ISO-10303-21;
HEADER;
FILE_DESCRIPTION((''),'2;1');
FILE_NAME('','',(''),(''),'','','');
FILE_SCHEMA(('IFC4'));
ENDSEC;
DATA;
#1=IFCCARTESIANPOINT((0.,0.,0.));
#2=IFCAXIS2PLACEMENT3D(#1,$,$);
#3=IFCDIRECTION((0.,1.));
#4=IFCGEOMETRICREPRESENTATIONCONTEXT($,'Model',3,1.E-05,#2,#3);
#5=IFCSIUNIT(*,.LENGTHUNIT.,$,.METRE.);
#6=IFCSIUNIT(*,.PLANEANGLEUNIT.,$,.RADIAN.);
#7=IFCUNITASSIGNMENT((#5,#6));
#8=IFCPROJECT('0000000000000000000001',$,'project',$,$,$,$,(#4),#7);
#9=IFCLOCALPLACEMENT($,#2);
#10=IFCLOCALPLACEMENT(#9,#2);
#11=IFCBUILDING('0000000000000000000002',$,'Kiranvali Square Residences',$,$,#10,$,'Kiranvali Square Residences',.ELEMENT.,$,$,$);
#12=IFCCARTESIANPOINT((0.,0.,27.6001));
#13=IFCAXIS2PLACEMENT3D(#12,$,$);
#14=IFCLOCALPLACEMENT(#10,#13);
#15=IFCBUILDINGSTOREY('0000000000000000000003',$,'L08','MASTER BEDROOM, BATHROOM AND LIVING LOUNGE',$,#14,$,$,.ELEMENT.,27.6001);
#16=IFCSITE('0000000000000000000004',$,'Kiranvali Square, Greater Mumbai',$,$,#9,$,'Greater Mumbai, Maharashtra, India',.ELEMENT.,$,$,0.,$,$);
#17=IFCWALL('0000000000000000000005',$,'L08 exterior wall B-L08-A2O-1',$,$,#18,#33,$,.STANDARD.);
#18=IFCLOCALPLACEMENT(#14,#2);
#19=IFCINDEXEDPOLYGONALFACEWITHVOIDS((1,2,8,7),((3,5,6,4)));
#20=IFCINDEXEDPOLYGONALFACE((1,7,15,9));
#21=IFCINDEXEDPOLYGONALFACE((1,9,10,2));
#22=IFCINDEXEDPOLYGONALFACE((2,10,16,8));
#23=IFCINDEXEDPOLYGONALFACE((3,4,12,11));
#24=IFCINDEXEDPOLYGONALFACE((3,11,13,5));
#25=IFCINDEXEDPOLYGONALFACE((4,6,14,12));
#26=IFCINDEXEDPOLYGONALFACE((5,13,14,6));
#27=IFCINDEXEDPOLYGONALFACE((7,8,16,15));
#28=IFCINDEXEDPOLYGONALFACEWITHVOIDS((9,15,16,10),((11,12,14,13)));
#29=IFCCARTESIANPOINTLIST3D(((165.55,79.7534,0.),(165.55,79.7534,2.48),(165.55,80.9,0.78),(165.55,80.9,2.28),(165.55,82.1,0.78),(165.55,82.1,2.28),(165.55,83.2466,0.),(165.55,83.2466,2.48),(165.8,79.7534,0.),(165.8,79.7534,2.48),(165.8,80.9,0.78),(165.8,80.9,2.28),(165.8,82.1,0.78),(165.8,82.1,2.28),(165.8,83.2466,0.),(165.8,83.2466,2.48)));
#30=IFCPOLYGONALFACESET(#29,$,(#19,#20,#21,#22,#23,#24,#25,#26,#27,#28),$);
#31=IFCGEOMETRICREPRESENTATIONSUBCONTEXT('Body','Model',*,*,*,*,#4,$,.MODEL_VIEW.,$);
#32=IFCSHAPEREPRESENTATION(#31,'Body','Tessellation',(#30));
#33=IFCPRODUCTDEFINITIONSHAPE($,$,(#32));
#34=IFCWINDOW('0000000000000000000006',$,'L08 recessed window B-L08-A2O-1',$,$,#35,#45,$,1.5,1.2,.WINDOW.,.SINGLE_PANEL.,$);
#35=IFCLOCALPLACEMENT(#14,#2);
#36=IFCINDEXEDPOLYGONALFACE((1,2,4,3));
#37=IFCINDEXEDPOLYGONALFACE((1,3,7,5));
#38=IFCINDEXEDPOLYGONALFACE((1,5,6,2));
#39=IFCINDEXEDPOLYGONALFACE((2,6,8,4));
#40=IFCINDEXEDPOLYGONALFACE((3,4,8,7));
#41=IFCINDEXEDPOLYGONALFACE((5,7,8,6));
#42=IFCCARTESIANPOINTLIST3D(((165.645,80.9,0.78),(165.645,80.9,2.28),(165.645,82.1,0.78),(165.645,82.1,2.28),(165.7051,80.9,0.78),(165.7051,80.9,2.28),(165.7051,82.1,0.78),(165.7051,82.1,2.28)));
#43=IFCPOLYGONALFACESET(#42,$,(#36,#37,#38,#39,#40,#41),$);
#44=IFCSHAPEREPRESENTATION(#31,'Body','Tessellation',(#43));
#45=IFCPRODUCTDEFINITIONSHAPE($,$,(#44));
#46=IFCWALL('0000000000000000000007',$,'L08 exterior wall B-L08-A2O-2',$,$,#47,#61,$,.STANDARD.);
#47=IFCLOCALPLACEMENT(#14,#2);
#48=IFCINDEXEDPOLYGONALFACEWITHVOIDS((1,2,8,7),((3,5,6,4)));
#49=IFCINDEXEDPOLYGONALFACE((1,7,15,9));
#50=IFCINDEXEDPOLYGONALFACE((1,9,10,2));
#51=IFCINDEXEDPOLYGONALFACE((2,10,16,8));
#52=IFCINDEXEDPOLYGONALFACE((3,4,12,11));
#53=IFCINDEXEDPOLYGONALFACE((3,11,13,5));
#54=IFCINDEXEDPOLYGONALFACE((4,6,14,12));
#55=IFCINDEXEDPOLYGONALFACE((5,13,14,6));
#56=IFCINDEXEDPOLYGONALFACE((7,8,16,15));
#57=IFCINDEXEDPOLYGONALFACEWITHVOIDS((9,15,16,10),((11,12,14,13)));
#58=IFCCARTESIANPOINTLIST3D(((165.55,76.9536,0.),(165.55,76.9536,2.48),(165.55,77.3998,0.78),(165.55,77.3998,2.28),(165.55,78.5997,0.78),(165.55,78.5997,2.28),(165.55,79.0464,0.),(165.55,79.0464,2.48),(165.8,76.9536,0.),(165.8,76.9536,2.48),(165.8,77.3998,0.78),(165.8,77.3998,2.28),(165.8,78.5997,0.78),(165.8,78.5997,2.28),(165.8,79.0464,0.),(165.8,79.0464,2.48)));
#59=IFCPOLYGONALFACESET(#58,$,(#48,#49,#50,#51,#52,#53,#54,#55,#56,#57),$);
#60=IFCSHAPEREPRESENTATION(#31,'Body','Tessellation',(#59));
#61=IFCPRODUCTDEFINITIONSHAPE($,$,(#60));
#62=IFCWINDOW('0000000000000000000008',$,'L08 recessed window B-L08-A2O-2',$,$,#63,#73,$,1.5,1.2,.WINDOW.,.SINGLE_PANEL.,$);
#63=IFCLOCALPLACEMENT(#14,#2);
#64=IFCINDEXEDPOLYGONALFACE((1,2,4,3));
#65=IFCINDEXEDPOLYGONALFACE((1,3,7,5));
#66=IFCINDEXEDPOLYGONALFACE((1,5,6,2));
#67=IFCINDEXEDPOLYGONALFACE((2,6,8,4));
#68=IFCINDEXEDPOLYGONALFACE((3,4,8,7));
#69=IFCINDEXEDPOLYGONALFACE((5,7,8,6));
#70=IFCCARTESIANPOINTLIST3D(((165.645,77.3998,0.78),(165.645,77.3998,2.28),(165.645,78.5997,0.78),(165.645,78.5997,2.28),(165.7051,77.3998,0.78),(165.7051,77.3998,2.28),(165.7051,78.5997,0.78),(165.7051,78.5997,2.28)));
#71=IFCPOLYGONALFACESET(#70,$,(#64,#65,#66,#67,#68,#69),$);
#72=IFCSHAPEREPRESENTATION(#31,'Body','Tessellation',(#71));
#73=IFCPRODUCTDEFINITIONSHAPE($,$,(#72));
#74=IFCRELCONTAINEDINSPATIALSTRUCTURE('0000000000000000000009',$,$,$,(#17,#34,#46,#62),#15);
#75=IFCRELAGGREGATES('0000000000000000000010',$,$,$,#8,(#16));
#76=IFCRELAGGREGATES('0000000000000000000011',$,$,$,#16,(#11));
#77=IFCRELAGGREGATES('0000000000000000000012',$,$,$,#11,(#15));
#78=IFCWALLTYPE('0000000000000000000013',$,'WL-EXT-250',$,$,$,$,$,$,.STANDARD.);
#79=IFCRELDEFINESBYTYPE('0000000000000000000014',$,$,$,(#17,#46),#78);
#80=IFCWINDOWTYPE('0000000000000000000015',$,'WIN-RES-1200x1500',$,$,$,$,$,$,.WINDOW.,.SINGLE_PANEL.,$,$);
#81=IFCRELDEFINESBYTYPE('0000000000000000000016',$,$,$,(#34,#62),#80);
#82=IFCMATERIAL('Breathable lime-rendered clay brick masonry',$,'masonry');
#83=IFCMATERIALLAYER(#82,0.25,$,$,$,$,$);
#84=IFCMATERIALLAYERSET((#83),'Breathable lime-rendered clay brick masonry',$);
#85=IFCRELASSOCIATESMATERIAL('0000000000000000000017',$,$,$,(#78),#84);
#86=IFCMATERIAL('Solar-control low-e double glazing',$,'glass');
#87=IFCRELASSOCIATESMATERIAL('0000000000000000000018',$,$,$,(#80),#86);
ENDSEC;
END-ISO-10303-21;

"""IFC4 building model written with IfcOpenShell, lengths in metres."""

from ifc_helpers import new_model, si_unit, direction, frame, frame_2d, origin, place, context, subcontext, project, spatial, rectangle, extrude, material, layer, layer_set, type_object, element, fill, save


model = new_model("IFC4")

# Units and contexts
model_context = context("Model", 3, precision=1e-05, world=origin(), true_north=direction((0.0, 1.0)))
body_context = subcontext(model_context, "Body", "Model", "MODEL_VIEW")
ifc_project = project(units=[si_unit("LENGTHUNIT", "METRE"), si_unit("PLANEANGLEUNIT", "RADIAN")], contexts=[model_context])

# Site, building, storey
site_placement = place(None, origin())
site = spatial("IfcSite", under=ifc_project, at=site_placement, Name="Kiranvali Square, Greater Mumbai", LongName="Greater Mumbai, Maharashtra, India", CompositionType="ELEMENT", RefElevation=0.0)
building_placement = place(site_placement, origin())
building = spatial("IfcBuilding", under=site, at=building_placement, Name="Kiranvali Square Residences", LongName="Kiranvali Square Residences", CompositionType="ELEMENT")
storey_placement = place(building_placement, frame((0.0, 0.0, 27.6001)))
storey = spatial("IfcBuildingStorey", under=building, at=storey_placement, Name="L08", Description="MASTER BEDROOM, BATHROOM AND LIVING LOUNGE", CompositionType="ELEMENT", Elevation=27.6001)

# Walls, openings, windows
ifc_material_1 = material(Name="Breathable lime-rendered clay brick masonry", Category="masonry")
ifc_layer = layer(ifc_material_1, 0.25)
ifc_layer_set = layer_set([ifc_layer], Name="Breathable lime-rendered clay brick masonry")
wall_type = type_object("IfcWallType", Name="WL-EXT-250", PredefinedType="STANDARD", material=ifc_layer_set)
wall_1_placement = place(storey_placement, frame((165.675, 83.2466, 0.0), z_axis=(0.0, 0.0, 1.0), x_axis=(0.0, -1.0, 0.0)))
wall_1 = element("IfcWall", 1, at=wall_1_placement, inside=storey, type_object=wall_type, Name="L08 exterior wall B-L08-A2O-1", PredefinedType="STANDARD", context=body_context, shape_type="SweptSolid", body=[
    extrude(rectangle(XDim=3.4932, YDim=0.25, at=frame_2d((1.7466, 0.0))), origin(), (0.0, 0.0, 1.0), 2.48),
])
opening_1_placement = place(wall_1_placement, frame((1.1465, 0.0, 0.78)))
opening_1 = element("IfcOpeningElement", 2, at=opening_1_placement, cuts=wall_1, PredefinedType="OPENING", context=body_context, shape_type="SweptSolid", body=[
    extrude(rectangle(XDim=1.2, YDim=1.5, at=frame_2d((0.6001, 0.75))), frame((0.0, 0.135, 0.0), z_axis=(0.0, -1.0, 0.0), x_axis=(1.0, 0.0, 0.0)), (0.0, 0.0, 1.0), 0.27),
])
ifc_material_2 = material(Name="Solar-control low-e double glazing", Category="glass")
window_type = type_object("IfcWindowType", Name="WIN-RES-1200x1500", PartitioningType="SINGLE_PANEL", PredefinedType="WINDOW", material=ifc_material_2)
window_1_placement = place(opening_1_placement, origin())
window_1 = element("IfcWindow", 3, at=window_1_placement, inside=storey, type_object=window_type, Name="L08 recessed window B-L08-A2O-1", OverallHeight=1.5, OverallWidth=1.2, PartitioningType="SINGLE_PANEL", PredefinedType="WINDOW", context=body_context, shape_type="SweptSolid", body=[
    extrude(rectangle(XDim=1.2, YDim=1.5, at=frame_2d((0.6001, 0.75))), frame((0.0, 0.03, 0.0), z_axis=(0.0, -1.0, 0.0), x_axis=(1.0, 0.0, 0.0)), (0.0, 0.0, 1.0), 0.0601),
])
fill(opening_1, window_1)
wall_2_placement = place(storey_placement, frame((165.675, 79.0464, 0.0), z_axis=(0.0, 0.0, 1.0), x_axis=(0.0, -1.0, 0.0)))
wall_2 = element("IfcWall", 4, at=wall_2_placement, inside=storey, type_object=wall_type, Name="L08 exterior wall B-L08-A2O-2", PredefinedType="STANDARD", context=body_context, shape_type="SweptSolid", body=[
    extrude(rectangle(XDim=2.0928, YDim=0.25, at=frame_2d((1.0464, 0.0))), origin(), (0.0, 0.0, 1.0), 2.48),
])
opening_2_placement = place(wall_2_placement, frame((0.4465, 0.0, 0.78)))
opening_2 = element("IfcOpeningElement", 5, at=opening_2_placement, cuts=wall_2, PredefinedType="OPENING", context=body_context, shape_type="SweptSolid", body=[
    extrude(rectangle(XDim=1.2, YDim=1.5, at=frame_2d((0.6001, 0.75))), frame((0.0, 0.135, 0.0), z_axis=(0.0, -1.0, 0.0), x_axis=(1.0, 0.0, 0.0)), (0.0, 0.0, 1.0), 0.27),
])
window_2_placement = place(opening_2_placement, origin())
window_2 = element("IfcWindow", 6, at=window_2_placement, inside=storey, type_object=window_type, Name="L08 recessed window B-L08-A2O-2", OverallHeight=1.5, OverallWidth=1.2, PartitioningType="SINGLE_PANEL", PredefinedType="WINDOW", context=body_context, shape_type="SweptSolid", body=[
    extrude(rectangle(XDim=1.2, YDim=1.5, at=frame_2d((0.6001, 0.75))), frame((0.0, 0.03, 0.0), z_axis=(0.0, -1.0, 0.0), x_axis=(1.0, 0.0, 0.0)), (0.0, 0.0, 1.0), 0.0601),
])
fill(opening_2, window_2)

save(model, "model.ifc")
